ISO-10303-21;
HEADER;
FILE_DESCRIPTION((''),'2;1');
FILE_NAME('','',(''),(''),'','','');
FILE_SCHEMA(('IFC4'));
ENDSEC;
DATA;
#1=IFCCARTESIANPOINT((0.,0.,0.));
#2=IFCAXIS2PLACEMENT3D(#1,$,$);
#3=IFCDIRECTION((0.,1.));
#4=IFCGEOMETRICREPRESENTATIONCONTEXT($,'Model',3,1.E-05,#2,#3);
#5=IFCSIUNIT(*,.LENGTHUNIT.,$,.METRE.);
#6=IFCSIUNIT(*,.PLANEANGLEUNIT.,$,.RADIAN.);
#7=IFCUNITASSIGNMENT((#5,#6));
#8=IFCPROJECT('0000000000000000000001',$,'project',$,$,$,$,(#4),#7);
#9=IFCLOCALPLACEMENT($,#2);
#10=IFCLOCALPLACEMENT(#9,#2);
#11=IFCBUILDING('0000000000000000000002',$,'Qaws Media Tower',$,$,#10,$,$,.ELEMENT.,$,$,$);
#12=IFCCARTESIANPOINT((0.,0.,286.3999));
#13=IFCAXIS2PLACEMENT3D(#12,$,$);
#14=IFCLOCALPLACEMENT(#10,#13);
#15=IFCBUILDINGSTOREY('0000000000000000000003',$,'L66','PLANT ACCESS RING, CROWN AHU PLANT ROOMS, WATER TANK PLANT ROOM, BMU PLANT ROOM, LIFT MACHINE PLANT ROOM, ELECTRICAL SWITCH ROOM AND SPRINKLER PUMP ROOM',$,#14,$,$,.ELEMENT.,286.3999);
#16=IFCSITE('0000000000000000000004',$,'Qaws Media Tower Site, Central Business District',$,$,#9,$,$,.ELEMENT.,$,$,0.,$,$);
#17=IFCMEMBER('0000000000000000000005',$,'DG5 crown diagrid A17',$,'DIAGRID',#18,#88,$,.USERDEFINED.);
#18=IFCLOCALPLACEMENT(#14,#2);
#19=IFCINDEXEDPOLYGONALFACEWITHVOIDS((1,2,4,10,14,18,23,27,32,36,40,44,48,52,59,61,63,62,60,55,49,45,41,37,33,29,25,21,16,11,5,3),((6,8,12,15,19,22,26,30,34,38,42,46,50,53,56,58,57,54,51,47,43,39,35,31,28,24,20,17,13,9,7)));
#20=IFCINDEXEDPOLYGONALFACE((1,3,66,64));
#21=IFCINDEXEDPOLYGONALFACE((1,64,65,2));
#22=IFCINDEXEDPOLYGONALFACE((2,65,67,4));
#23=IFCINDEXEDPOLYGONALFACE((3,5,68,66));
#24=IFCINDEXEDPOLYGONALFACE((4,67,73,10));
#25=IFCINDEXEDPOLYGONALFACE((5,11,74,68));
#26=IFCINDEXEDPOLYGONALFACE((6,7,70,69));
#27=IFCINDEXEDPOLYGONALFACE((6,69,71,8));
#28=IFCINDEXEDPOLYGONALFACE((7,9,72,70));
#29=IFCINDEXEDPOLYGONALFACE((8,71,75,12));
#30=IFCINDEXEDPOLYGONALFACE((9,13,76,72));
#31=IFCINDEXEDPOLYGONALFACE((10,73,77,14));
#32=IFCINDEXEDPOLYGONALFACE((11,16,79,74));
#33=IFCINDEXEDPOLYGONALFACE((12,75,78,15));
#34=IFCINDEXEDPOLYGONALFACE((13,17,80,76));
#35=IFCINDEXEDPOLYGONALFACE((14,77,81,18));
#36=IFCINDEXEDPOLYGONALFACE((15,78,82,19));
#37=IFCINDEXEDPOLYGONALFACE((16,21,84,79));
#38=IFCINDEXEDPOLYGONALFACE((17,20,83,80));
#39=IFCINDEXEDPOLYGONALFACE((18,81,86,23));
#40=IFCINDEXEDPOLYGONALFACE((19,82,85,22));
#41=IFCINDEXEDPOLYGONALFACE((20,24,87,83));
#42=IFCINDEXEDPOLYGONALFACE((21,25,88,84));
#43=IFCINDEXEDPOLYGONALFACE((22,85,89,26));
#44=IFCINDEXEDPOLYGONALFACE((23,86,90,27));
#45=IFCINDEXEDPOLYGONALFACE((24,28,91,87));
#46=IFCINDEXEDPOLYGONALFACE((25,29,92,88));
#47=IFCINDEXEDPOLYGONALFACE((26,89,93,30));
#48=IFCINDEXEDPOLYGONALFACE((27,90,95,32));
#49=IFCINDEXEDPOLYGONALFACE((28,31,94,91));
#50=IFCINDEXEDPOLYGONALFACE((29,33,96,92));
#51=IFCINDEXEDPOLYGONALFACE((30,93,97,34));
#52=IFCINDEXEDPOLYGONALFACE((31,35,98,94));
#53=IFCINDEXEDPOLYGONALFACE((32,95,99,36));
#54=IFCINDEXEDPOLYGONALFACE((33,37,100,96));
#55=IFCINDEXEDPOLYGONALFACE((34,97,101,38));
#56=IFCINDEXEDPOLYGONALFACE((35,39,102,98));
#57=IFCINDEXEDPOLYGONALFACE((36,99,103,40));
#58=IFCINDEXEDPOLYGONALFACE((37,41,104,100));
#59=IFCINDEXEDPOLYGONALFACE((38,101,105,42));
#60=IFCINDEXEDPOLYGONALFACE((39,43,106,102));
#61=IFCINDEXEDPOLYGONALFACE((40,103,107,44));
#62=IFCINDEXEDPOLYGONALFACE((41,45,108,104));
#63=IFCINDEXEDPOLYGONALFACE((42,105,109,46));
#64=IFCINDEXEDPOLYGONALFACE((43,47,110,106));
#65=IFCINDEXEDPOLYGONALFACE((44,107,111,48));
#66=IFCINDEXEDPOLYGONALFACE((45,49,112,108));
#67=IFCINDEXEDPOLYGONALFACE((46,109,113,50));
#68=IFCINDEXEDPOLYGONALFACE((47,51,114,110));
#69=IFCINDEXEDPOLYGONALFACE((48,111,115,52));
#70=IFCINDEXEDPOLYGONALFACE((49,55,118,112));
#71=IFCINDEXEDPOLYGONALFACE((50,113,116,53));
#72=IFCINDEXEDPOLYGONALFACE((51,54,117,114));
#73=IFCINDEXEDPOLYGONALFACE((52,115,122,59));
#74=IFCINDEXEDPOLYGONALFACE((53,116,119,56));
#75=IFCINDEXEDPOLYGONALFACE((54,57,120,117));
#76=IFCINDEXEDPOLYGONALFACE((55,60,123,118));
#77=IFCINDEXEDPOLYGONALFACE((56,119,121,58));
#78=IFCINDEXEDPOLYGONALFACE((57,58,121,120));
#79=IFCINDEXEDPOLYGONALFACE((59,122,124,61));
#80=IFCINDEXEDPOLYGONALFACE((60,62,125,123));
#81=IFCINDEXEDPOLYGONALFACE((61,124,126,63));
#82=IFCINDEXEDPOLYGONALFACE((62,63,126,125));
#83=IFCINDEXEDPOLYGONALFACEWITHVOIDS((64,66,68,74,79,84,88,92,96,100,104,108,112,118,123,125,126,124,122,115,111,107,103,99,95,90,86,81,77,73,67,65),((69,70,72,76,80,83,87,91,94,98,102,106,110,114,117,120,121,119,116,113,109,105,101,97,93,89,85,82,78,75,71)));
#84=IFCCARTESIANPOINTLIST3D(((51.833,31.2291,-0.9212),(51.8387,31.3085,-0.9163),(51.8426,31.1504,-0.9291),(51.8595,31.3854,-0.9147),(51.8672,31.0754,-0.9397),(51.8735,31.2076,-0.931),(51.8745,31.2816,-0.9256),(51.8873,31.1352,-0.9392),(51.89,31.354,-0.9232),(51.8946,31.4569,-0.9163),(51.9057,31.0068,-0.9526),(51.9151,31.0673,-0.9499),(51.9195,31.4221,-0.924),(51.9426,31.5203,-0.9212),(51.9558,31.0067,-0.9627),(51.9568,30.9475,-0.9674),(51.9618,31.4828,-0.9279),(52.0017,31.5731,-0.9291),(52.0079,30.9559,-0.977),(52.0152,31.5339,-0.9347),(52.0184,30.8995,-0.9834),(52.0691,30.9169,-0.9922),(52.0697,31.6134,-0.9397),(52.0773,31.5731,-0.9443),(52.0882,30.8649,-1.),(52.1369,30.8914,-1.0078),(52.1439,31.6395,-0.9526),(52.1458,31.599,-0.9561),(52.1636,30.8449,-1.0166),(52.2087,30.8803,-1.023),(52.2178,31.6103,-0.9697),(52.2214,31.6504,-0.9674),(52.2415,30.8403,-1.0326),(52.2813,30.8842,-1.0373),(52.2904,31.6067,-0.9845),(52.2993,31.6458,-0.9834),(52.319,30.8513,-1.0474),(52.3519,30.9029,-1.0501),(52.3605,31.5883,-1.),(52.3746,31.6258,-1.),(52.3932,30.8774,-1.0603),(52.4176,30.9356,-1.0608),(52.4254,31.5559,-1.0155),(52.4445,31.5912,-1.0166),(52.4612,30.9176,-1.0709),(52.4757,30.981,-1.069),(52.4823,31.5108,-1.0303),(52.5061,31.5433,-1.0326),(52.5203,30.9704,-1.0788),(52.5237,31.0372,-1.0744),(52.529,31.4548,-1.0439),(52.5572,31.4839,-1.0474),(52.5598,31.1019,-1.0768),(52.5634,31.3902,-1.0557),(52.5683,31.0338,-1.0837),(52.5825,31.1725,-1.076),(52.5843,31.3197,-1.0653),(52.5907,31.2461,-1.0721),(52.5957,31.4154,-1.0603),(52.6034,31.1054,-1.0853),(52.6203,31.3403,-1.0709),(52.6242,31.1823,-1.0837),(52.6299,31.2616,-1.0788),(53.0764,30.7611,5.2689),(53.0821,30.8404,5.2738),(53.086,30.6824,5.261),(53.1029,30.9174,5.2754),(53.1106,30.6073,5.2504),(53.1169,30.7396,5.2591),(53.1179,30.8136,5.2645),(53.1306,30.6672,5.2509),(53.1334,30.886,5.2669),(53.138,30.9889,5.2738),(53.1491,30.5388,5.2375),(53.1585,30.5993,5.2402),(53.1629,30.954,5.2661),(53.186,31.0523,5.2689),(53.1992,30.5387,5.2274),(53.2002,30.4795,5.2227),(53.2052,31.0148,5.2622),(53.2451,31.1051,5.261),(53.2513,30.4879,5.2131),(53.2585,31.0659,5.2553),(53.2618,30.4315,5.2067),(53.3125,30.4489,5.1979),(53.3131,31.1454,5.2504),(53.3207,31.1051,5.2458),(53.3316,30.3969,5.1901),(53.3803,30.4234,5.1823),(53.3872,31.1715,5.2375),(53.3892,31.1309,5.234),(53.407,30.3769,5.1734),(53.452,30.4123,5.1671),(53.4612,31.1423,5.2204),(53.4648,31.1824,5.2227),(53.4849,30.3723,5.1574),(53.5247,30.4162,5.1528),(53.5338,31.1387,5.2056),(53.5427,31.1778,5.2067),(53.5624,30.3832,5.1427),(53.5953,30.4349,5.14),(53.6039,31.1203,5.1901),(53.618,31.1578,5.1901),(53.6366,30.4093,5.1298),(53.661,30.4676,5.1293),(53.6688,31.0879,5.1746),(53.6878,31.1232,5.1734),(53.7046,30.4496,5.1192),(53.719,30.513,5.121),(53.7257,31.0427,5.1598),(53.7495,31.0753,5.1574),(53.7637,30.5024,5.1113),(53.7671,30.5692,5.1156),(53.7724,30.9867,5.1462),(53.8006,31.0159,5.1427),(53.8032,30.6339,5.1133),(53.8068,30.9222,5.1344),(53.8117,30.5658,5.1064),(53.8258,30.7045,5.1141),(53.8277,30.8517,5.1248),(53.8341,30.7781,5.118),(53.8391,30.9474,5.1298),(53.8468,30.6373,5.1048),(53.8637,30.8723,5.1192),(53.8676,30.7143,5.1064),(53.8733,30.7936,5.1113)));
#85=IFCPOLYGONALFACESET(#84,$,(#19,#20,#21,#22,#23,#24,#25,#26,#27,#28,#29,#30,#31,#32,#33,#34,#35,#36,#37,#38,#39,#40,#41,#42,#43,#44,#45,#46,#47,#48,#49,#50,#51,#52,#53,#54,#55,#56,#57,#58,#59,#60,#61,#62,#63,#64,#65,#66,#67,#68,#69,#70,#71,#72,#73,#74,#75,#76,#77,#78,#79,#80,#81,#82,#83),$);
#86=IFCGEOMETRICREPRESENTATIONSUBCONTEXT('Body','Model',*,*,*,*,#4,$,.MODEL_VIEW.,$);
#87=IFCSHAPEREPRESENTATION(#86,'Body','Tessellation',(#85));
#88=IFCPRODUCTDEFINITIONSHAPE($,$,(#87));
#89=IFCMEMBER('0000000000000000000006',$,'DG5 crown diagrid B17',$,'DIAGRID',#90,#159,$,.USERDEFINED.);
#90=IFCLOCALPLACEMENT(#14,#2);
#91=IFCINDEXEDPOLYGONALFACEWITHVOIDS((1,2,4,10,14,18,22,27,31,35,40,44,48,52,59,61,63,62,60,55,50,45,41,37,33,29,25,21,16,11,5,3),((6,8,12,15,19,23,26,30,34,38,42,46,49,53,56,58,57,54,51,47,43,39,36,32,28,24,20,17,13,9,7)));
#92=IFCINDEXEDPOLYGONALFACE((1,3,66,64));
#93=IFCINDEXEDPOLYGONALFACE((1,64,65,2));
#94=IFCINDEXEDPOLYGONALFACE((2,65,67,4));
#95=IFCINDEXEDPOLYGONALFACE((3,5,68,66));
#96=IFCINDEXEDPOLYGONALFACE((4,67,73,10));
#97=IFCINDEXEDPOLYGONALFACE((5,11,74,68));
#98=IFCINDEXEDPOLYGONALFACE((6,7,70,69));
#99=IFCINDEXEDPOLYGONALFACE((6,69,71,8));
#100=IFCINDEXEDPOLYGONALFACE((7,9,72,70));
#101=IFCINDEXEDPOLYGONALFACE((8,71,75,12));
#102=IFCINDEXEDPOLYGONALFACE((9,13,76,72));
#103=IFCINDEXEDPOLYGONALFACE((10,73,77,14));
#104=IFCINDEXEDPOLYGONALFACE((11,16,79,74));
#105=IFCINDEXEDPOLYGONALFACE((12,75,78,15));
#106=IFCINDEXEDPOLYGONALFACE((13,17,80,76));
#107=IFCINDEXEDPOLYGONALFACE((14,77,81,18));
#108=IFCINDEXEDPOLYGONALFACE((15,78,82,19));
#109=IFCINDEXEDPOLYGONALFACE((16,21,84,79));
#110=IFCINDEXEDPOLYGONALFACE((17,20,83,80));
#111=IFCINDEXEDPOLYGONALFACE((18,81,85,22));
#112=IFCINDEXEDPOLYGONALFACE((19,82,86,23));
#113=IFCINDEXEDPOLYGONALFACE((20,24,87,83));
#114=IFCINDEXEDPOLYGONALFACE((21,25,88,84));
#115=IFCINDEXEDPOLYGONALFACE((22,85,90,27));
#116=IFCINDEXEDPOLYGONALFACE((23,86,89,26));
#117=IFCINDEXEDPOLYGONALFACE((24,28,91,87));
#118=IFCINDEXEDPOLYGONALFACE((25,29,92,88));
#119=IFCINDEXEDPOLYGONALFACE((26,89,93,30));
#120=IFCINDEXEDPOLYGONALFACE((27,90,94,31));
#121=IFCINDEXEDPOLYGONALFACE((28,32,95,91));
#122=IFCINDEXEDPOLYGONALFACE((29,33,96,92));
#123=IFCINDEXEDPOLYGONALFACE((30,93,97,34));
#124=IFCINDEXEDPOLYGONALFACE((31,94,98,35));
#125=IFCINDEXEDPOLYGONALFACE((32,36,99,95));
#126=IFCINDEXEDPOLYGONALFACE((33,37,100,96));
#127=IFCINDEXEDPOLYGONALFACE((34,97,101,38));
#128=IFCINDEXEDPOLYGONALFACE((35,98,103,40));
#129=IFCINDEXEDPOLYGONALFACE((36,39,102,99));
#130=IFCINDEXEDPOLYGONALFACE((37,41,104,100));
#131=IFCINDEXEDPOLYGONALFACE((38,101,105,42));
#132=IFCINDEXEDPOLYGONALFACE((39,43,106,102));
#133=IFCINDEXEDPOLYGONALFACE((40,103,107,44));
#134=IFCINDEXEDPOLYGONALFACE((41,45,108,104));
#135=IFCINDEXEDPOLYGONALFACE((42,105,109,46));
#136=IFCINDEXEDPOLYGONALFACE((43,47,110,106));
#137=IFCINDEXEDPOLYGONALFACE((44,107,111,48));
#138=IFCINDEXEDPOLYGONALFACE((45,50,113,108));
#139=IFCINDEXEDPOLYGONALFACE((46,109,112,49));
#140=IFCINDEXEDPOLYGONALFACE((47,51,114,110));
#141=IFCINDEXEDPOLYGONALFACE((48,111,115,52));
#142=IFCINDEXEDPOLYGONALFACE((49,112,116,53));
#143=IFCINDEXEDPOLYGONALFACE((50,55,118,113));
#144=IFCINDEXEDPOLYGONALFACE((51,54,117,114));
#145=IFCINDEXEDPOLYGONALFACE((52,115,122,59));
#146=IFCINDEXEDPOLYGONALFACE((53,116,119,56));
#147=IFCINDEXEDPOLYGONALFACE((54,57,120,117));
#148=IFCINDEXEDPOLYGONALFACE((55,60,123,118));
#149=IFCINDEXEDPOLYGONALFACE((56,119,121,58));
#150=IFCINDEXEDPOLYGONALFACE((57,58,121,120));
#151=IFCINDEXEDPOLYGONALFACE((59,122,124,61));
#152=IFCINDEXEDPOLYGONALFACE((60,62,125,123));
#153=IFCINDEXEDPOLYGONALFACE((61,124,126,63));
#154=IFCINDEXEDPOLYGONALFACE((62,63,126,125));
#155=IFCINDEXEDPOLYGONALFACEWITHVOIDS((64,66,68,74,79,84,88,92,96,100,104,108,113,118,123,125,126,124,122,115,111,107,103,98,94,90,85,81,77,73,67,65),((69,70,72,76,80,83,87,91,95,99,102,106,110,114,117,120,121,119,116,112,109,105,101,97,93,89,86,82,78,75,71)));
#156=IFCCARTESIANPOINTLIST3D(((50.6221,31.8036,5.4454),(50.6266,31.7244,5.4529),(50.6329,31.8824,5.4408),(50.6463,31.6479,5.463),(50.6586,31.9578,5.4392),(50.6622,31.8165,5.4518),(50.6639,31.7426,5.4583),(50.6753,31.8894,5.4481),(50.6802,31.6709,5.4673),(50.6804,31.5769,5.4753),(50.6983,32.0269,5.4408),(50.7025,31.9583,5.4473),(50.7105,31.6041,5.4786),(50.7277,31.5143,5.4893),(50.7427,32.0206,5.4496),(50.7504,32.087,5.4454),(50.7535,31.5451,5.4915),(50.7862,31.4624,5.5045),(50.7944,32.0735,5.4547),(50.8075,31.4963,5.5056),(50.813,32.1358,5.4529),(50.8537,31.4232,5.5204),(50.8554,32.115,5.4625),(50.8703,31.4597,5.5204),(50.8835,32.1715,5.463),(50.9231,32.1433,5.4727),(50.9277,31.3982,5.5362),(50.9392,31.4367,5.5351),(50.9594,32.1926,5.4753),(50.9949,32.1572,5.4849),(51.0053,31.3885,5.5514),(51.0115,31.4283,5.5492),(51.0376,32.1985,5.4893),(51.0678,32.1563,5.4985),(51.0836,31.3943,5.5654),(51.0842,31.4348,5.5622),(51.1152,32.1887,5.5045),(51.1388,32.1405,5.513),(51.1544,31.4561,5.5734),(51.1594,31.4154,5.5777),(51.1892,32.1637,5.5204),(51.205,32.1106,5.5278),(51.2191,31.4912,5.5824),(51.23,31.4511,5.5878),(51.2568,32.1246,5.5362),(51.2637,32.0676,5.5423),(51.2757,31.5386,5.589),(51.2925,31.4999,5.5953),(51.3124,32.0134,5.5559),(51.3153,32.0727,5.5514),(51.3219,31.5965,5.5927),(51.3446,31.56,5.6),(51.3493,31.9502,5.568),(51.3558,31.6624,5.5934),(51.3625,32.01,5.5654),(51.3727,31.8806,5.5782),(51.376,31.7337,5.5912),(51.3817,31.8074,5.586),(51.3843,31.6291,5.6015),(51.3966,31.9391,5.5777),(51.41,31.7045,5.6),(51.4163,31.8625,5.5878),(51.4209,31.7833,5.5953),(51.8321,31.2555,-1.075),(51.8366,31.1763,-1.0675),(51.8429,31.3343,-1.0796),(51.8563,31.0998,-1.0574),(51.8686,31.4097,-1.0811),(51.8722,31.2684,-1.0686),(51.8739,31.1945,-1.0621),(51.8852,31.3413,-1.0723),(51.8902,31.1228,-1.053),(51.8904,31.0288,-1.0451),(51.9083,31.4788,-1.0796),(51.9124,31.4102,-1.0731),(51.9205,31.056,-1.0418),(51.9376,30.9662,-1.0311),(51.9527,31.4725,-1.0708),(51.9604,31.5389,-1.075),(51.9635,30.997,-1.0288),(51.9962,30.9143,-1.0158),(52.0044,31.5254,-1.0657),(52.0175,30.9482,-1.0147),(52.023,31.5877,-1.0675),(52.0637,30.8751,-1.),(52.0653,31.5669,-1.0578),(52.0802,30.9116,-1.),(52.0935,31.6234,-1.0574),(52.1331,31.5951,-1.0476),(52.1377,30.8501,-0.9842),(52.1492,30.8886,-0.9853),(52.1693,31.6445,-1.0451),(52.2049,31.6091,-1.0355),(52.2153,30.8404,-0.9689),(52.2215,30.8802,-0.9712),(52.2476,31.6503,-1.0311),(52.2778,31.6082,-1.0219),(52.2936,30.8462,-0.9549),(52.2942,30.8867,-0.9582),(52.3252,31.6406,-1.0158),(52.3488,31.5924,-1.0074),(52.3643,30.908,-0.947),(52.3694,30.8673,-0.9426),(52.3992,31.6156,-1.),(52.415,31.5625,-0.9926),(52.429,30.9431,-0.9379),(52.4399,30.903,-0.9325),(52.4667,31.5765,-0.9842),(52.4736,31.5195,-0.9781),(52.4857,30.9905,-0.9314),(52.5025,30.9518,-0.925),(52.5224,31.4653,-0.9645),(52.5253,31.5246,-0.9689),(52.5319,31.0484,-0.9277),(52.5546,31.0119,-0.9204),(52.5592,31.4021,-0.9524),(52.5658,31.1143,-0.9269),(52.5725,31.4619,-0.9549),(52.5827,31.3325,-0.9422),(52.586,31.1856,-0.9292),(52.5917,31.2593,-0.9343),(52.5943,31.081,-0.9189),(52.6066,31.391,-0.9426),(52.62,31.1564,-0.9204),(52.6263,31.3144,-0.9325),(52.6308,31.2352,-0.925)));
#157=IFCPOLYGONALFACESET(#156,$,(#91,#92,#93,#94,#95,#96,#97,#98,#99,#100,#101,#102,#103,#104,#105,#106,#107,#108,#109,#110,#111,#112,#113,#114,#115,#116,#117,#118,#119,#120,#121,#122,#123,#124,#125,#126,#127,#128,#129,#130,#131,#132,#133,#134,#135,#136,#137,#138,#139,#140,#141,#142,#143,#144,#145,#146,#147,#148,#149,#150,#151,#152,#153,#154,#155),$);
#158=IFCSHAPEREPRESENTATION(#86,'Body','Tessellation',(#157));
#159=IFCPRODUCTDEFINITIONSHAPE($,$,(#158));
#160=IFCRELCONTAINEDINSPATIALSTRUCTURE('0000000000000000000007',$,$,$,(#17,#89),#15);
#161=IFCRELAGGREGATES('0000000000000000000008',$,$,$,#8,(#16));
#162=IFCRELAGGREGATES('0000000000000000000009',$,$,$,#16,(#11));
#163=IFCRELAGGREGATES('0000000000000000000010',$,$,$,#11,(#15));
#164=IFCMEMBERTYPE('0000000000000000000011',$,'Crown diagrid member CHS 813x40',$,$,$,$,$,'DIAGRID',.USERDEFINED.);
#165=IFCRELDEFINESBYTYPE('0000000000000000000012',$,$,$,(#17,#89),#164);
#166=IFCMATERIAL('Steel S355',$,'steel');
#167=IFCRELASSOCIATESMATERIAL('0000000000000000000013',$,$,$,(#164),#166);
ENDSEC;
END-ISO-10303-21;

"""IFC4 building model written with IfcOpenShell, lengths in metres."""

from ifc_helpers import new_model, si_unit, direction, frame, origin, origin_2d, place, context, subcontext, project, spatial, hollow_circle, extrude, material, material_profile, profile_set, type_object, element, save


model = new_model("IFC4")

# Units and contexts
model_context = context("Model", 3, precision=1e-05, world=origin(), true_north=direction((0.0, 1.0)))
body_context = subcontext(model_context, "Body", "Model", "MODEL_VIEW")
ifc_project = project(units=[si_unit("LENGTHUNIT", "METRE"), si_unit("PLANEANGLEUNIT", "RADIAN")], contexts=[model_context])

# Site, building, storey
site_placement = place(None, origin())
site = spatial("IfcSite", under=ifc_project, at=site_placement, Name="Qaws Media Tower Site, Central Business District", CompositionType="ELEMENT", RefElevation=0.0)
building_placement = place(site_placement, origin())
building = spatial("IfcBuilding", under=site, at=building_placement, Name="Qaws Media Tower", CompositionType="ELEMENT")
storey_placement = place(building_placement, frame((0.0, 0.0, 286.3999)))
storey = spatial("IfcBuildingStorey", under=building, at=storey_placement, Name="L66", Description="PLANT ACCESS RING, CROWN AHU PLANT ROOMS, WATER TANK PLANT ROOM, BMU PLANT ROOM, LIFT MACHINE PLANT ROOM, ELECTRICAL SWITCH ROOM AND SPRINKLER PUMP ROOM", CompositionType="ELEMENT", Elevation=286.3999)

# Members
ifc_material_1 = material(Name="Steel S355", Category="steel")
ifc_material_profile_1 = material_profile(ifc_material_1, hollow_circle(Radius=0.4065, WallThickness=0.04, at=origin_2d()), Name="CHS 813x40")
ifc_profile_set_1 = profile_set([ifc_material_profile_1], Name="Steel S355")
member_type = type_object("IfcMemberType", Name="Crown diagrid member CHS 813x40", ElementType="DIAGRID", PredefinedType="USERDEFINED", material=ifc_profile_set_1)
member_1_placement = place(storey_placement, frame((52.2314, 31.2454, -1.0), z_axis=(0.196395, -0.073923, 0.977734), x_axis=(0.352271, 0.935898, 0.0)))
element("IfcMember", 1, at=member_1_placement, inside=storey, type_object=member_type, Name="DG5 crown diagrid A17", ObjectType="DIAGRID", PredefinedType="USERDEFINED", context=body_context, shape_type="SweptSolid", body=[
    extrude(hollow_circle(Radius=0.4065, WallThickness=0.04, at=origin_2d()), origin(), (0.0, 0.0, 1.0), 6.3311),
])
member_2_placement = place(storey_placement, frame((52.2314, 31.2454, -1.0), z_axis=(-0.181834, 0.082369, 0.979873), x_axis=(-0.412626, -0.910901, 0.0)))
element("IfcMember", 2, at=member_2_placement, inside=storey, type_object=member_type, Name="DG5 crown diagrid B17", ObjectType="DIAGRID", PredefinedType="USERDEFINED", context=body_context, shape_type="SweptSolid", body=[
    extrude(hollow_circle(Radius=0.4065, WallThickness=0.04, at=origin_2d()), origin(), (0.0, 0.0, 1.0), 6.6543),
])

save(model, "model.ifc")
